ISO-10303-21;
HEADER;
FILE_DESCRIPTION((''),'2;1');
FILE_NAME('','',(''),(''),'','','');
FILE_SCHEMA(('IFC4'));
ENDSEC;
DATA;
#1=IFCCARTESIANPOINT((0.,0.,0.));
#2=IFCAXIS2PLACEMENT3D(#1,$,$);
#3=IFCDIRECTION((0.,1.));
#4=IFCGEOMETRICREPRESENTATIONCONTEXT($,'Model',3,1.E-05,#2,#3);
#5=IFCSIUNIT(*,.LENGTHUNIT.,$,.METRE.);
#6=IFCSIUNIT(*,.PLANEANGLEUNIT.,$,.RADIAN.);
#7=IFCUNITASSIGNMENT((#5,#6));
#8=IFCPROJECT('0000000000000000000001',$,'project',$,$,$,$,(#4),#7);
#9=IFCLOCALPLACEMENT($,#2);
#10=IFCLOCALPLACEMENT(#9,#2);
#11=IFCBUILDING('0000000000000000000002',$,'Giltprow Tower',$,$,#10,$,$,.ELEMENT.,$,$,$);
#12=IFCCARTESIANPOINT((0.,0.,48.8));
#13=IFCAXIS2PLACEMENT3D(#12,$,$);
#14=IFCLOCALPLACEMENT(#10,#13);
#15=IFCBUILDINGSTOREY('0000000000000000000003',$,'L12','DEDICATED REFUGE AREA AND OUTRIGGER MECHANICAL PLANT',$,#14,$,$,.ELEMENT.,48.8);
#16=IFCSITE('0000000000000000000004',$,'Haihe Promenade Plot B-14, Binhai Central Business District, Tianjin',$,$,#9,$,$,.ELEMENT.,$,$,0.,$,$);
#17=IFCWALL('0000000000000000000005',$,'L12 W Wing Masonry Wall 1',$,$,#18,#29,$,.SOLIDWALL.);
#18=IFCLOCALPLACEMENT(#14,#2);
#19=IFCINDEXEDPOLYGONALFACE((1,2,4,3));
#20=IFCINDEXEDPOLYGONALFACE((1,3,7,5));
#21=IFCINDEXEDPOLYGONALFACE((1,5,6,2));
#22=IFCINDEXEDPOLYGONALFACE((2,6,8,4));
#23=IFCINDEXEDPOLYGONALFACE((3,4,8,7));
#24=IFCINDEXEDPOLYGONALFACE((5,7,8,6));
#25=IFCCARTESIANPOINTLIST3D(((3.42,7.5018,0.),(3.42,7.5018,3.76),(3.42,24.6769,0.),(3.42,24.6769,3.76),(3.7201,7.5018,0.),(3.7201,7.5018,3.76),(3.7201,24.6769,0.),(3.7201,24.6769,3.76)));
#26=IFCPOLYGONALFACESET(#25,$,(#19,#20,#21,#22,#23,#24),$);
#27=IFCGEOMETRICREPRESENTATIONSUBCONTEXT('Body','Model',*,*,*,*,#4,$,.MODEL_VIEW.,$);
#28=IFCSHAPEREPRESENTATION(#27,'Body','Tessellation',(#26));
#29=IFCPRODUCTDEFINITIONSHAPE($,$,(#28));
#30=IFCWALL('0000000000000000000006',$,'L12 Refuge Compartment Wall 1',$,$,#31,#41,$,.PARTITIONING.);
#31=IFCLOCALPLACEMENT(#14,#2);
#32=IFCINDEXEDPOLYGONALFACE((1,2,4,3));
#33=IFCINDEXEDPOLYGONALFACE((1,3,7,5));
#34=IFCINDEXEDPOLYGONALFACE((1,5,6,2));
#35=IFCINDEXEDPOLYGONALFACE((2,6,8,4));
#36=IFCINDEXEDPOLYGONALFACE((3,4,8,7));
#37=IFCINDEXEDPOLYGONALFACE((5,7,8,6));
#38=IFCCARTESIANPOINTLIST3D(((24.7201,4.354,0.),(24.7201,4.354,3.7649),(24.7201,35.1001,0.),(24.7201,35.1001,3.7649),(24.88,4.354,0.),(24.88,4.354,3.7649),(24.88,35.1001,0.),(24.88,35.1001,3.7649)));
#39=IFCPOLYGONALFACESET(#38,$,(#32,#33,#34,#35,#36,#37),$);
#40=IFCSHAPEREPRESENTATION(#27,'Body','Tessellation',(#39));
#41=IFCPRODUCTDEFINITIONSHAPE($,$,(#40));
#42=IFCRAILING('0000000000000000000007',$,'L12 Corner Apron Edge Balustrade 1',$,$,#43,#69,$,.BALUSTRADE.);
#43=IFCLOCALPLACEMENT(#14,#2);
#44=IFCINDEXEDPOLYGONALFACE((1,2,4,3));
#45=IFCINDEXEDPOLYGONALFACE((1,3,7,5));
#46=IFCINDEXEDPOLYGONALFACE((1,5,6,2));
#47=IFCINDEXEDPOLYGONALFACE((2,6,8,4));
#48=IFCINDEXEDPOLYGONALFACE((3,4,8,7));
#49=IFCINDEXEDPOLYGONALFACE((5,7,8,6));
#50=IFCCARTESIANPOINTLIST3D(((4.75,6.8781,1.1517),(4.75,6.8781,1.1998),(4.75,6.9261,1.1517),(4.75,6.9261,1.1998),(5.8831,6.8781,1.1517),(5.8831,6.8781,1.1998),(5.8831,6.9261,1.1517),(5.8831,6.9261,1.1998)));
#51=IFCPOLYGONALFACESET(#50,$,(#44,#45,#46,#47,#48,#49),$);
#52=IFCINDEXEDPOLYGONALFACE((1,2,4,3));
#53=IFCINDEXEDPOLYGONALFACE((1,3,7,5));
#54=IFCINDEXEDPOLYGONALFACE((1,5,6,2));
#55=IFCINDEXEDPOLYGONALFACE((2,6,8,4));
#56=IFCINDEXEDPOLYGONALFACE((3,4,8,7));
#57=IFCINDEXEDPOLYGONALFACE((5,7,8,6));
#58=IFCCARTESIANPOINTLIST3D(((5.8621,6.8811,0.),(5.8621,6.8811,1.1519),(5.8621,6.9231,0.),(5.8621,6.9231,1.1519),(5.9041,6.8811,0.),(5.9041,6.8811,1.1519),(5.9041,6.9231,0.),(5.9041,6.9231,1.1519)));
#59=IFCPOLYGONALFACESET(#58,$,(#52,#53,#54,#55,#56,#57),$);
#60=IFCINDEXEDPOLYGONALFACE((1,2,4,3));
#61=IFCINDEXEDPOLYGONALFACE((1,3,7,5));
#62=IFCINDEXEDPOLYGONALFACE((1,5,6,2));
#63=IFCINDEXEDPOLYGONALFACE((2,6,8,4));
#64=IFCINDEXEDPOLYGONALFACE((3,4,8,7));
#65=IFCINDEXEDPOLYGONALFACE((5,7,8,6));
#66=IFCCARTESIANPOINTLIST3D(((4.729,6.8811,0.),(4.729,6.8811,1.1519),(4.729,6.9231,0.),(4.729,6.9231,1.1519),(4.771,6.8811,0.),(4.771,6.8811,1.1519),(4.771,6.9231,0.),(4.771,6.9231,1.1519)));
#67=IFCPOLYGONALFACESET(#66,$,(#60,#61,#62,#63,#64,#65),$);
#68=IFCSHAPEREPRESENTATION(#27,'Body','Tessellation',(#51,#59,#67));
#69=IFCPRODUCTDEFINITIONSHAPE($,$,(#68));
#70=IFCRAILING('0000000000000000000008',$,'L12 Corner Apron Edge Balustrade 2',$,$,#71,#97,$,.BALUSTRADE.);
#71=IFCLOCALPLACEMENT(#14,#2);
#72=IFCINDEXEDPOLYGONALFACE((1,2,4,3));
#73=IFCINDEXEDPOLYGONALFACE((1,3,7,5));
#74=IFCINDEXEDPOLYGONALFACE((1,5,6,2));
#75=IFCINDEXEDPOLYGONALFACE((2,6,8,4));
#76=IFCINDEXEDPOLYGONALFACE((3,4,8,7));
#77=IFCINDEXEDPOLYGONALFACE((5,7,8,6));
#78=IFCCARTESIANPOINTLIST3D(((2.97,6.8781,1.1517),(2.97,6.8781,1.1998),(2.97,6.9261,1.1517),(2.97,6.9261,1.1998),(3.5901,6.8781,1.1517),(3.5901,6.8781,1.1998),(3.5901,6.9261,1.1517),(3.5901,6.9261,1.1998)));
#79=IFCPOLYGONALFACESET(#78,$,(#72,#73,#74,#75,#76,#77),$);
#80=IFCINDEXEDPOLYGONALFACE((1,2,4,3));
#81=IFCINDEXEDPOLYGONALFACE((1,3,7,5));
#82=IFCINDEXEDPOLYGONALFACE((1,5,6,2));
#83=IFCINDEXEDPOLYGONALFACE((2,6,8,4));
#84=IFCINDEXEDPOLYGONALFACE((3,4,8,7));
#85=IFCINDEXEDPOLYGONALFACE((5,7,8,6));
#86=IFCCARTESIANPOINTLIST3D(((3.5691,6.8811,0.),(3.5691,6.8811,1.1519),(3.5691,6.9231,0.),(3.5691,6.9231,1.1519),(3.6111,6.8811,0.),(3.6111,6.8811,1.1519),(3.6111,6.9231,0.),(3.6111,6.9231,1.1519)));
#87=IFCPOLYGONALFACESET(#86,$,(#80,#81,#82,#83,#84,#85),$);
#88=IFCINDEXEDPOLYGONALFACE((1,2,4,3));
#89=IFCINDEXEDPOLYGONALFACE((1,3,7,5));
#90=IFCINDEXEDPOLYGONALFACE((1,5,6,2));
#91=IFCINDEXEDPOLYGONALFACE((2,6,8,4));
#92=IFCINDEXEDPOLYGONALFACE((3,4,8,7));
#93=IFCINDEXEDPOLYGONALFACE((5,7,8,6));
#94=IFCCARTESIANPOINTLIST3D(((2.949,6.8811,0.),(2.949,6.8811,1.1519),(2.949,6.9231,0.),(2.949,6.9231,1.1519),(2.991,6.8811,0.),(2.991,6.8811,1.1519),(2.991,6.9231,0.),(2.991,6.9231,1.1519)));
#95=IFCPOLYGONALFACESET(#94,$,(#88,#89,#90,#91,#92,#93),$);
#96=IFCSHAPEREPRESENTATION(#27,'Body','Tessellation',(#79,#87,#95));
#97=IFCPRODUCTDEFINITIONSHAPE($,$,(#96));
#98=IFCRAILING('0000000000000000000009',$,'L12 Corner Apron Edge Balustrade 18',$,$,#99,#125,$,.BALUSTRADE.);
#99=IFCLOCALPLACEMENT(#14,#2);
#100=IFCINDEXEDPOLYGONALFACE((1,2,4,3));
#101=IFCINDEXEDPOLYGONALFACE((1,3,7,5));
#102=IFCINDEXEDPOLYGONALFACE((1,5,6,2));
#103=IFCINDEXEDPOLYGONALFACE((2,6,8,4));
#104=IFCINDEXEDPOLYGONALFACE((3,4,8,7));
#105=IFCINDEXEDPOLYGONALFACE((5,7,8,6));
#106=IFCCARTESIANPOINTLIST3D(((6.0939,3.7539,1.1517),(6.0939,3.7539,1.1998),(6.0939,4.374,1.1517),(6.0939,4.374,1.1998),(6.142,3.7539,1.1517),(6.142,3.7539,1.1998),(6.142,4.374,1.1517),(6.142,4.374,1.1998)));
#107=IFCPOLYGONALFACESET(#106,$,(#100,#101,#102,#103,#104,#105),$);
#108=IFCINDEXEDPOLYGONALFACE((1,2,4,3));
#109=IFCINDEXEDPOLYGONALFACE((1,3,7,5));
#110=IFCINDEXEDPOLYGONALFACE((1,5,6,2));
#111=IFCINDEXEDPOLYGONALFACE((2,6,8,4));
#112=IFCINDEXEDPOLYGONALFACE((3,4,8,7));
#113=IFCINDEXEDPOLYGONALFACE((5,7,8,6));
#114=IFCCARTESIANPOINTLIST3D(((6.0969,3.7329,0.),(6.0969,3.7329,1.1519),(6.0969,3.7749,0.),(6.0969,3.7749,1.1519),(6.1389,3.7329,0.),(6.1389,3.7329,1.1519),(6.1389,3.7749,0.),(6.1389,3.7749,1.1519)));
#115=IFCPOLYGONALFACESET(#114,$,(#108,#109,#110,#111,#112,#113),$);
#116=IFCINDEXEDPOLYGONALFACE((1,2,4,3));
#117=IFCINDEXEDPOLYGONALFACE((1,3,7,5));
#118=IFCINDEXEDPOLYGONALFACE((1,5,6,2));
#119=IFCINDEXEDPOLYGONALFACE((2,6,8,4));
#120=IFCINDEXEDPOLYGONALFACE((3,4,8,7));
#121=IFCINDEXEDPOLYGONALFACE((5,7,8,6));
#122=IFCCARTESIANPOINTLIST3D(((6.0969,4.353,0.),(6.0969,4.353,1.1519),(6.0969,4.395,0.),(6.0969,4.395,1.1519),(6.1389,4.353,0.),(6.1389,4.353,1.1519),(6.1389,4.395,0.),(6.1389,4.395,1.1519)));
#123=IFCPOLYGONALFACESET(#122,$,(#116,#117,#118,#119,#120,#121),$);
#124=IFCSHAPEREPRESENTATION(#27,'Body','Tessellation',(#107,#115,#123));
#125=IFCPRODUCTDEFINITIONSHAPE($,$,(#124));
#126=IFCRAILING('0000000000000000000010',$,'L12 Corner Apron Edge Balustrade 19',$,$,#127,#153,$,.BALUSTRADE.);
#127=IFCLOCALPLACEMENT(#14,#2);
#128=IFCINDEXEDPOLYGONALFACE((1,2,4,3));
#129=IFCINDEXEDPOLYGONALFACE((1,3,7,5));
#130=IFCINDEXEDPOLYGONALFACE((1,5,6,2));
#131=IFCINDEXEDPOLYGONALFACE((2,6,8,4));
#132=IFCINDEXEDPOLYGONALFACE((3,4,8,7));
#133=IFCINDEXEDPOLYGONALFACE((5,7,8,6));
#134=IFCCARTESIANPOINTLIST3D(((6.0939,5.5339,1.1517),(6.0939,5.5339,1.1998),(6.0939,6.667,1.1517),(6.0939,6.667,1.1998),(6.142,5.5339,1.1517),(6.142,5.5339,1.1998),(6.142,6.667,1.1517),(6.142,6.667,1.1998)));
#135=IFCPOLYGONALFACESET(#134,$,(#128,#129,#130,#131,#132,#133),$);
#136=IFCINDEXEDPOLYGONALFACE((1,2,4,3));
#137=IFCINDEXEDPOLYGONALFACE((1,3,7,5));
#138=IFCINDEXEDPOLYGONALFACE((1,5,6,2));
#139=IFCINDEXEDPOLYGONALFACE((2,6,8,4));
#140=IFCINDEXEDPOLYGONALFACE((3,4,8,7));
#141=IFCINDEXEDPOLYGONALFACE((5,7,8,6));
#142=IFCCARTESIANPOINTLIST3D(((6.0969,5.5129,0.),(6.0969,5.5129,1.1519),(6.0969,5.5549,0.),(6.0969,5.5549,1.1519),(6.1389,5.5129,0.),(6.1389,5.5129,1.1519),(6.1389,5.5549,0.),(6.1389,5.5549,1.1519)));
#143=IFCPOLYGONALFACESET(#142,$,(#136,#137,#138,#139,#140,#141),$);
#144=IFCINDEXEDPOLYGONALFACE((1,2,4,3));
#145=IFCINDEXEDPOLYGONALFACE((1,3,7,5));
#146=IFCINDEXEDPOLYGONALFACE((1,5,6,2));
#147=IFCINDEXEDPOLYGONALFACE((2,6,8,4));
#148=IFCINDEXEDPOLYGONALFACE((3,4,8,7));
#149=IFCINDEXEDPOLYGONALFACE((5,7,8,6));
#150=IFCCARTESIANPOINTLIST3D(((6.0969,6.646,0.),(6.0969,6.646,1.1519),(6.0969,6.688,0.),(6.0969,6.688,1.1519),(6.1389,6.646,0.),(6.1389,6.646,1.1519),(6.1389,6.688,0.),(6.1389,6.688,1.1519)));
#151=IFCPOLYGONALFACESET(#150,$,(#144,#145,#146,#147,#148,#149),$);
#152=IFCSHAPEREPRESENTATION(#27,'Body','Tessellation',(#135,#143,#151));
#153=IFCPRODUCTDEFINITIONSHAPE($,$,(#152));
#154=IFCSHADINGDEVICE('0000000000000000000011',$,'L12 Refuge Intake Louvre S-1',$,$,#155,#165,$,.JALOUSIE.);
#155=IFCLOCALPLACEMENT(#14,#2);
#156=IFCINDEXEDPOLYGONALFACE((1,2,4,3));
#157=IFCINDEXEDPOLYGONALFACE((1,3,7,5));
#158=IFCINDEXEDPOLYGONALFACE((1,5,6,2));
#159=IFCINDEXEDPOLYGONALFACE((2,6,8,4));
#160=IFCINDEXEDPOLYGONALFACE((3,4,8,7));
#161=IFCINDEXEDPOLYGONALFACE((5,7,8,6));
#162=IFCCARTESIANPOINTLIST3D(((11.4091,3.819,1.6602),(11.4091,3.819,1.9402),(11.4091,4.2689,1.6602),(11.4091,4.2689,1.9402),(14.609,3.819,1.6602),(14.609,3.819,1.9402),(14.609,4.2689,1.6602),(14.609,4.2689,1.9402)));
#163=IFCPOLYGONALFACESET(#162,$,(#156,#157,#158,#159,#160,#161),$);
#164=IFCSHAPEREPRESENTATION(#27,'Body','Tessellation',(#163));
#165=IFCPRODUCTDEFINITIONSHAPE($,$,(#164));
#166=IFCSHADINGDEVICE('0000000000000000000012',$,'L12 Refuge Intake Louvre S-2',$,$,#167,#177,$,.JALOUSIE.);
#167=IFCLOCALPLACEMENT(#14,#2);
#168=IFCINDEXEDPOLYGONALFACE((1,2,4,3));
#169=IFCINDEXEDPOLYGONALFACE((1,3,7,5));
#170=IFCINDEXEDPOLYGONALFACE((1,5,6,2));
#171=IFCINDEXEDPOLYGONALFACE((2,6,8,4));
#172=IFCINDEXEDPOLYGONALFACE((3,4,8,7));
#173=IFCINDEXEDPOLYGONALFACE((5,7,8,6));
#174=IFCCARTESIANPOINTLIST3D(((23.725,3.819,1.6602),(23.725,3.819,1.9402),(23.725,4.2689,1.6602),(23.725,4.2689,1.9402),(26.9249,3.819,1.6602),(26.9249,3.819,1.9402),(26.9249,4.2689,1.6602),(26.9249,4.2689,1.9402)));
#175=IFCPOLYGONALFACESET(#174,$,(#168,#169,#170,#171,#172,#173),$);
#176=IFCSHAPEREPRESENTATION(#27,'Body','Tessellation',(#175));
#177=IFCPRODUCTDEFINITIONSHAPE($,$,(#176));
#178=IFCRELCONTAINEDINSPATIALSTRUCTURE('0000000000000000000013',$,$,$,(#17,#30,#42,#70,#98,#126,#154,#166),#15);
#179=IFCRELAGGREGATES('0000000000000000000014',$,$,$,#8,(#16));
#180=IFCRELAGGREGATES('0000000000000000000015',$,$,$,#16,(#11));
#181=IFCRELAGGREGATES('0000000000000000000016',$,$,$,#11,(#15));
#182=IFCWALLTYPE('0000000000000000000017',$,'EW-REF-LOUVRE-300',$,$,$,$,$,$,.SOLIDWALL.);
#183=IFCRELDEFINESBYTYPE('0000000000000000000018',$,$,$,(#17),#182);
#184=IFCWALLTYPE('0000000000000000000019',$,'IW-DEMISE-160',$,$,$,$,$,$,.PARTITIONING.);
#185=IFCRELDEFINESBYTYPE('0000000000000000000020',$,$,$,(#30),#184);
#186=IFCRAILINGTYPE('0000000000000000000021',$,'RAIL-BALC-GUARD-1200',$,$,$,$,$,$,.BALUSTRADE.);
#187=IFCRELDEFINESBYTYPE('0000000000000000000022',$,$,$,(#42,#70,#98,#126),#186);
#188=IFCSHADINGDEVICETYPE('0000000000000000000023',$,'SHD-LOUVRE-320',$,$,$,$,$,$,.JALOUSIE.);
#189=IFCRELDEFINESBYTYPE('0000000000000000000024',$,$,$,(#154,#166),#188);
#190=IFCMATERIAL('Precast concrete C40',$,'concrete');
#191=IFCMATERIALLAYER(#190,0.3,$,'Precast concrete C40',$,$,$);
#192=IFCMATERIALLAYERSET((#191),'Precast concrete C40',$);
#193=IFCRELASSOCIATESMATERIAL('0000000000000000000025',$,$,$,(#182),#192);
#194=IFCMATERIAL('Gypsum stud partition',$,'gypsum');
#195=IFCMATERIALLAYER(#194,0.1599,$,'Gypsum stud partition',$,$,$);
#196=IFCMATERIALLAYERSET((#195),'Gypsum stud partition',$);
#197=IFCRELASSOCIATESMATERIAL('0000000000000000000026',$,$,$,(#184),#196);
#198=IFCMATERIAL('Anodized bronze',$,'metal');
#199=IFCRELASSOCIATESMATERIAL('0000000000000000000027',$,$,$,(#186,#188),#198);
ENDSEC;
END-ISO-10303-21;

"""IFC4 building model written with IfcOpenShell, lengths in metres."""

from ifc_helpers import new_model, si_unit, direction, frame, frame_2d, origin, origin_2d, place, context, subcontext, project, spatial, rectangle, extrude, source, transform, mapped, material, layer, layer_set, type_object, element, save


model = new_model("IFC4")

# Units and contexts
model_context = context("Model", 3, precision=1e-05, world=origin(), true_north=direction((0.0, 1.0)))
body_context = subcontext(model_context, "Body", "Model", "MODEL_VIEW")
ifc_project = project(units=[si_unit("LENGTHUNIT", "METRE"), si_unit("PLANEANGLEUNIT", "RADIAN")], contexts=[model_context])

# Site, building, storey
site_placement = place(None, origin())
site = spatial("IfcSite", under=ifc_project, at=site_placement, Name="Haihe Promenade Plot B-14, Binhai Central Business District, Tianjin", CompositionType="ELEMENT", RefElevation=0.0)
building_placement = place(site_placement, origin())
building = spatial("IfcBuilding", under=site, at=building_placement, Name="Giltprow Tower", CompositionType="ELEMENT")
storey_placement = place(building_placement, frame((0.0, 0.0, 48.8)))
storey = spatial("IfcBuildingStorey", under=building, at=storey_placement, Name="L12", Description="DEDICATED REFUGE AREA AND OUTRIGGER MECHANICAL PLANT", CompositionType="ELEMENT", Elevation=48.8)

# Walls
ifc_material_1 = material(Name="Precast concrete C40", Category="concrete")
ifc_layer_1 = layer(ifc_material_1, 0.3, Name="Precast concrete C40")
ifc_layer_set_1 = layer_set([ifc_layer_1], Name="Precast concrete C40")
wall_type_1 = type_object("IfcWallType", Name="EW-REF-LOUVRE-300", PredefinedType="SOLIDWALL", material=ifc_layer_set_1)
wall_1_placement = place(storey_placement, frame((3.5701, 7.502, 0.0), z_axis=(0.0, 0.0, 1.0), x_axis=(0.0, 1.0, 0.0)))
element("IfcWall", 1, at=wall_1_placement, inside=storey, type_object=wall_type_1, Name="L12 W Wing Masonry Wall 1", PredefinedType="SOLIDWALL", context=body_context, shape_type="SweptSolid", body=[
    extrude(rectangle(XDim=17.175, YDim=0.3, at=frame_2d((8.5874, 0.0))), origin(), (0.0, 0.0, 1.0), 3.76),
])
ifc_material_2 = material(Name="Gypsum stud partition", Category="gypsum")
ifc_layer_2 = layer(ifc_material_2, 0.1599, Name="Gypsum stud partition")
ifc_layer_set_2 = layer_set([ifc_layer_2], Name="Gypsum stud partition")
wall_type_2 = type_object("IfcWallType", Name="IW-DEMISE-160", PredefinedType="PARTITIONING", material=ifc_layer_set_2)
wall_2_placement = place(storey_placement, frame((24.8, 4.354, 0.0), z_axis=(0.0, 0.0, 1.0), x_axis=(0.0, 1.0, 0.0)))
element("IfcWall", 2, at=wall_2_placement, inside=storey, type_object=wall_type_2, Name="L12 Refuge Compartment Wall 1", PredefinedType="PARTITIONING", context=body_context, shape_type="SweptSolid", body=[
    extrude(rectangle(XDim=30.7461, YDim=0.1599, at=frame_2d((15.373, 0.0))), origin(), (0.0, 0.0, 1.0), 3.7649),
])

# Railings
ifc_material_3 = material(Name="Anodized bronze", Category="metal")
railing_type = type_object("IfcRailingType", Name="RAIL-BALC-GUARD-1200", PredefinedType="BALUSTRADE", material=ifc_material_3)
railing_1_placement = place(storey_placement, frame((5.8831, 6.9021, 0.0)))
element("IfcRailing", 3, at=railing_1_placement, inside=storey, type_object=railing_type, Name="L12 Corner Apron Edge Balustrade 1", PredefinedType="BALUSTRADE", context=body_context, shape_type="SweptSolid", body=[
    extrude(rectangle(XDim=0.0481, YDim=0.0481, at=origin_2d()), frame((0.0, 0.0, 1.1758), z_axis=(-1.0, 0.0, 0.0), x_axis=(0.0, -1.0, 0.0)), (0.0, 0.0, 1.0), 1.1331),
    extrude(rectangle(XDim=0.042, YDim=0.042, at=origin_2d()), origin(), (0.0, 0.0, 1.0), 1.1519),
    extrude(rectangle(XDim=0.042, YDim=0.042, at=origin_2d()), frame((-1.1331, 0.0, 0.0)), (0.0, 0.0, 1.0), 1.1519),
])
railing_2_placement = place(storey_placement, frame((3.5901, 6.9021, 0.0)))
element("IfcRailing", 4, at=railing_2_placement, inside=storey, type_object=railing_type, Name="L12 Corner Apron Edge Balustrade 2", PredefinedType="BALUSTRADE", context=body_context, shape_type="SweptSolid", body=[
    extrude(rectangle(XDim=0.0481, YDim=0.0481, at=origin_2d()), frame((0.0, 0.0, 1.1758), z_axis=(-1.0, 0.0, 0.0), x_axis=(0.0, -1.0, 0.0)), (0.0, 0.0, 1.0), 0.6201),
    extrude(rectangle(XDim=0.042, YDim=0.042, at=origin_2d()), origin(), (0.0, 0.0, 1.0), 1.1519),
    extrude(rectangle(XDim=0.042, YDim=0.042, at=origin_2d()), frame((-0.6201, 0.0, 0.0)), (0.0, 0.0, 1.0), 1.1519),
])
railing_3_placement = place(storey_placement, frame((6.1179, 3.7539, 0.0)))
element("IfcRailing", 5, at=railing_3_placement, inside=storey, type_object=railing_type, Name="L12 Corner Apron Edge Balustrade 18", PredefinedType="BALUSTRADE", context=body_context, shape_type="SweptSolid", body=[
    extrude(rectangle(XDim=0.0481, YDim=0.0481, at=origin_2d()), frame((0.0, 0.0, 1.1758), z_axis=(0.0, 1.0, 0.0), x_axis=(-1.0, 0.0, 0.0)), (0.0, 0.0, 1.0), 0.6201),
    extrude(rectangle(XDim=0.042, YDim=0.042, at=origin_2d()), origin(), (0.0, 0.0, 1.0), 1.1519),
    extrude(rectangle(XDim=0.042, YDim=0.042, at=origin_2d()), frame((0.0, 0.6201, 0.0)), (0.0, 0.0, 1.0), 1.1519),
])
railing_4_placement = place(storey_placement, frame((6.1179, 5.5339, 0.0)))
element("IfcRailing", 6, at=railing_4_placement, inside=storey, type_object=railing_type, Name="L12 Corner Apron Edge Balustrade 19", PredefinedType="BALUSTRADE", context=body_context, shape_type="SweptSolid", body=[
    extrude(rectangle(XDim=0.0481, YDim=0.0481, at=origin_2d()), frame((0.0, 0.0, 1.1758), z_axis=(0.0, 1.0, 0.0), x_axis=(-1.0, 0.0, 0.0)), (0.0, 0.0, 1.0), 1.1331),
    extrude(rectangle(XDim=0.042, YDim=0.042, at=origin_2d()), origin(), (0.0, 0.0, 1.0), 1.1519),
    extrude(rectangle(XDim=0.042, YDim=0.042, at=origin_2d()), frame((0.0, 1.1331, 0.0)), (0.0, 0.0, 1.0), 1.1519),
])

# Shading devices
shading_device_type = type_object("IfcShadingDeviceType", Name="SHD-LOUVRE-320", PredefinedType="JALOUSIE", material=ifc_material_3)
shared_shape_1 = source(origin(), body_context, "Body", "SweptSolid", [
    extrude(rectangle(XDim=3.2, YDim=0.45, at=origin_2d()), origin(), (0.0, 0.0, 1.0), 0.28),
])
for number, where, z_axis, x_axis, name in (
    (7, (13.009, 4.0439, 1.6602), (0.0, 0.0, 1.0), (1.0, 0.0, 0.0), "L12 Refuge Intake Louvre S-1"),
    (8, (25.325, 4.0439, 1.6602), (0.0, 0.0, 1.0), (1.0, 0.0, 0.0), "L12 Refuge Intake Louvre S-2"),
):
    element("IfcShadingDevice", number, at=place(storey_placement, frame(where, z_axis=z_axis, x_axis=x_axis)), inside=storey, type_object=shading_device_type, Name=name, PredefinedType="JALOUSIE", context=body_context, shape_type="MappedRepresentation", body=[
        mapped(shared_shape_1, transform((0.0, 0.0, 0.0), x_axis=(1.0, 0.0, 0.0), y_axis=(0.0, 1.0, 0.0), z_axis=(0.0, 0.0, 1.0), scale=1.0)),
    ])

save(model, "model.ifc")
